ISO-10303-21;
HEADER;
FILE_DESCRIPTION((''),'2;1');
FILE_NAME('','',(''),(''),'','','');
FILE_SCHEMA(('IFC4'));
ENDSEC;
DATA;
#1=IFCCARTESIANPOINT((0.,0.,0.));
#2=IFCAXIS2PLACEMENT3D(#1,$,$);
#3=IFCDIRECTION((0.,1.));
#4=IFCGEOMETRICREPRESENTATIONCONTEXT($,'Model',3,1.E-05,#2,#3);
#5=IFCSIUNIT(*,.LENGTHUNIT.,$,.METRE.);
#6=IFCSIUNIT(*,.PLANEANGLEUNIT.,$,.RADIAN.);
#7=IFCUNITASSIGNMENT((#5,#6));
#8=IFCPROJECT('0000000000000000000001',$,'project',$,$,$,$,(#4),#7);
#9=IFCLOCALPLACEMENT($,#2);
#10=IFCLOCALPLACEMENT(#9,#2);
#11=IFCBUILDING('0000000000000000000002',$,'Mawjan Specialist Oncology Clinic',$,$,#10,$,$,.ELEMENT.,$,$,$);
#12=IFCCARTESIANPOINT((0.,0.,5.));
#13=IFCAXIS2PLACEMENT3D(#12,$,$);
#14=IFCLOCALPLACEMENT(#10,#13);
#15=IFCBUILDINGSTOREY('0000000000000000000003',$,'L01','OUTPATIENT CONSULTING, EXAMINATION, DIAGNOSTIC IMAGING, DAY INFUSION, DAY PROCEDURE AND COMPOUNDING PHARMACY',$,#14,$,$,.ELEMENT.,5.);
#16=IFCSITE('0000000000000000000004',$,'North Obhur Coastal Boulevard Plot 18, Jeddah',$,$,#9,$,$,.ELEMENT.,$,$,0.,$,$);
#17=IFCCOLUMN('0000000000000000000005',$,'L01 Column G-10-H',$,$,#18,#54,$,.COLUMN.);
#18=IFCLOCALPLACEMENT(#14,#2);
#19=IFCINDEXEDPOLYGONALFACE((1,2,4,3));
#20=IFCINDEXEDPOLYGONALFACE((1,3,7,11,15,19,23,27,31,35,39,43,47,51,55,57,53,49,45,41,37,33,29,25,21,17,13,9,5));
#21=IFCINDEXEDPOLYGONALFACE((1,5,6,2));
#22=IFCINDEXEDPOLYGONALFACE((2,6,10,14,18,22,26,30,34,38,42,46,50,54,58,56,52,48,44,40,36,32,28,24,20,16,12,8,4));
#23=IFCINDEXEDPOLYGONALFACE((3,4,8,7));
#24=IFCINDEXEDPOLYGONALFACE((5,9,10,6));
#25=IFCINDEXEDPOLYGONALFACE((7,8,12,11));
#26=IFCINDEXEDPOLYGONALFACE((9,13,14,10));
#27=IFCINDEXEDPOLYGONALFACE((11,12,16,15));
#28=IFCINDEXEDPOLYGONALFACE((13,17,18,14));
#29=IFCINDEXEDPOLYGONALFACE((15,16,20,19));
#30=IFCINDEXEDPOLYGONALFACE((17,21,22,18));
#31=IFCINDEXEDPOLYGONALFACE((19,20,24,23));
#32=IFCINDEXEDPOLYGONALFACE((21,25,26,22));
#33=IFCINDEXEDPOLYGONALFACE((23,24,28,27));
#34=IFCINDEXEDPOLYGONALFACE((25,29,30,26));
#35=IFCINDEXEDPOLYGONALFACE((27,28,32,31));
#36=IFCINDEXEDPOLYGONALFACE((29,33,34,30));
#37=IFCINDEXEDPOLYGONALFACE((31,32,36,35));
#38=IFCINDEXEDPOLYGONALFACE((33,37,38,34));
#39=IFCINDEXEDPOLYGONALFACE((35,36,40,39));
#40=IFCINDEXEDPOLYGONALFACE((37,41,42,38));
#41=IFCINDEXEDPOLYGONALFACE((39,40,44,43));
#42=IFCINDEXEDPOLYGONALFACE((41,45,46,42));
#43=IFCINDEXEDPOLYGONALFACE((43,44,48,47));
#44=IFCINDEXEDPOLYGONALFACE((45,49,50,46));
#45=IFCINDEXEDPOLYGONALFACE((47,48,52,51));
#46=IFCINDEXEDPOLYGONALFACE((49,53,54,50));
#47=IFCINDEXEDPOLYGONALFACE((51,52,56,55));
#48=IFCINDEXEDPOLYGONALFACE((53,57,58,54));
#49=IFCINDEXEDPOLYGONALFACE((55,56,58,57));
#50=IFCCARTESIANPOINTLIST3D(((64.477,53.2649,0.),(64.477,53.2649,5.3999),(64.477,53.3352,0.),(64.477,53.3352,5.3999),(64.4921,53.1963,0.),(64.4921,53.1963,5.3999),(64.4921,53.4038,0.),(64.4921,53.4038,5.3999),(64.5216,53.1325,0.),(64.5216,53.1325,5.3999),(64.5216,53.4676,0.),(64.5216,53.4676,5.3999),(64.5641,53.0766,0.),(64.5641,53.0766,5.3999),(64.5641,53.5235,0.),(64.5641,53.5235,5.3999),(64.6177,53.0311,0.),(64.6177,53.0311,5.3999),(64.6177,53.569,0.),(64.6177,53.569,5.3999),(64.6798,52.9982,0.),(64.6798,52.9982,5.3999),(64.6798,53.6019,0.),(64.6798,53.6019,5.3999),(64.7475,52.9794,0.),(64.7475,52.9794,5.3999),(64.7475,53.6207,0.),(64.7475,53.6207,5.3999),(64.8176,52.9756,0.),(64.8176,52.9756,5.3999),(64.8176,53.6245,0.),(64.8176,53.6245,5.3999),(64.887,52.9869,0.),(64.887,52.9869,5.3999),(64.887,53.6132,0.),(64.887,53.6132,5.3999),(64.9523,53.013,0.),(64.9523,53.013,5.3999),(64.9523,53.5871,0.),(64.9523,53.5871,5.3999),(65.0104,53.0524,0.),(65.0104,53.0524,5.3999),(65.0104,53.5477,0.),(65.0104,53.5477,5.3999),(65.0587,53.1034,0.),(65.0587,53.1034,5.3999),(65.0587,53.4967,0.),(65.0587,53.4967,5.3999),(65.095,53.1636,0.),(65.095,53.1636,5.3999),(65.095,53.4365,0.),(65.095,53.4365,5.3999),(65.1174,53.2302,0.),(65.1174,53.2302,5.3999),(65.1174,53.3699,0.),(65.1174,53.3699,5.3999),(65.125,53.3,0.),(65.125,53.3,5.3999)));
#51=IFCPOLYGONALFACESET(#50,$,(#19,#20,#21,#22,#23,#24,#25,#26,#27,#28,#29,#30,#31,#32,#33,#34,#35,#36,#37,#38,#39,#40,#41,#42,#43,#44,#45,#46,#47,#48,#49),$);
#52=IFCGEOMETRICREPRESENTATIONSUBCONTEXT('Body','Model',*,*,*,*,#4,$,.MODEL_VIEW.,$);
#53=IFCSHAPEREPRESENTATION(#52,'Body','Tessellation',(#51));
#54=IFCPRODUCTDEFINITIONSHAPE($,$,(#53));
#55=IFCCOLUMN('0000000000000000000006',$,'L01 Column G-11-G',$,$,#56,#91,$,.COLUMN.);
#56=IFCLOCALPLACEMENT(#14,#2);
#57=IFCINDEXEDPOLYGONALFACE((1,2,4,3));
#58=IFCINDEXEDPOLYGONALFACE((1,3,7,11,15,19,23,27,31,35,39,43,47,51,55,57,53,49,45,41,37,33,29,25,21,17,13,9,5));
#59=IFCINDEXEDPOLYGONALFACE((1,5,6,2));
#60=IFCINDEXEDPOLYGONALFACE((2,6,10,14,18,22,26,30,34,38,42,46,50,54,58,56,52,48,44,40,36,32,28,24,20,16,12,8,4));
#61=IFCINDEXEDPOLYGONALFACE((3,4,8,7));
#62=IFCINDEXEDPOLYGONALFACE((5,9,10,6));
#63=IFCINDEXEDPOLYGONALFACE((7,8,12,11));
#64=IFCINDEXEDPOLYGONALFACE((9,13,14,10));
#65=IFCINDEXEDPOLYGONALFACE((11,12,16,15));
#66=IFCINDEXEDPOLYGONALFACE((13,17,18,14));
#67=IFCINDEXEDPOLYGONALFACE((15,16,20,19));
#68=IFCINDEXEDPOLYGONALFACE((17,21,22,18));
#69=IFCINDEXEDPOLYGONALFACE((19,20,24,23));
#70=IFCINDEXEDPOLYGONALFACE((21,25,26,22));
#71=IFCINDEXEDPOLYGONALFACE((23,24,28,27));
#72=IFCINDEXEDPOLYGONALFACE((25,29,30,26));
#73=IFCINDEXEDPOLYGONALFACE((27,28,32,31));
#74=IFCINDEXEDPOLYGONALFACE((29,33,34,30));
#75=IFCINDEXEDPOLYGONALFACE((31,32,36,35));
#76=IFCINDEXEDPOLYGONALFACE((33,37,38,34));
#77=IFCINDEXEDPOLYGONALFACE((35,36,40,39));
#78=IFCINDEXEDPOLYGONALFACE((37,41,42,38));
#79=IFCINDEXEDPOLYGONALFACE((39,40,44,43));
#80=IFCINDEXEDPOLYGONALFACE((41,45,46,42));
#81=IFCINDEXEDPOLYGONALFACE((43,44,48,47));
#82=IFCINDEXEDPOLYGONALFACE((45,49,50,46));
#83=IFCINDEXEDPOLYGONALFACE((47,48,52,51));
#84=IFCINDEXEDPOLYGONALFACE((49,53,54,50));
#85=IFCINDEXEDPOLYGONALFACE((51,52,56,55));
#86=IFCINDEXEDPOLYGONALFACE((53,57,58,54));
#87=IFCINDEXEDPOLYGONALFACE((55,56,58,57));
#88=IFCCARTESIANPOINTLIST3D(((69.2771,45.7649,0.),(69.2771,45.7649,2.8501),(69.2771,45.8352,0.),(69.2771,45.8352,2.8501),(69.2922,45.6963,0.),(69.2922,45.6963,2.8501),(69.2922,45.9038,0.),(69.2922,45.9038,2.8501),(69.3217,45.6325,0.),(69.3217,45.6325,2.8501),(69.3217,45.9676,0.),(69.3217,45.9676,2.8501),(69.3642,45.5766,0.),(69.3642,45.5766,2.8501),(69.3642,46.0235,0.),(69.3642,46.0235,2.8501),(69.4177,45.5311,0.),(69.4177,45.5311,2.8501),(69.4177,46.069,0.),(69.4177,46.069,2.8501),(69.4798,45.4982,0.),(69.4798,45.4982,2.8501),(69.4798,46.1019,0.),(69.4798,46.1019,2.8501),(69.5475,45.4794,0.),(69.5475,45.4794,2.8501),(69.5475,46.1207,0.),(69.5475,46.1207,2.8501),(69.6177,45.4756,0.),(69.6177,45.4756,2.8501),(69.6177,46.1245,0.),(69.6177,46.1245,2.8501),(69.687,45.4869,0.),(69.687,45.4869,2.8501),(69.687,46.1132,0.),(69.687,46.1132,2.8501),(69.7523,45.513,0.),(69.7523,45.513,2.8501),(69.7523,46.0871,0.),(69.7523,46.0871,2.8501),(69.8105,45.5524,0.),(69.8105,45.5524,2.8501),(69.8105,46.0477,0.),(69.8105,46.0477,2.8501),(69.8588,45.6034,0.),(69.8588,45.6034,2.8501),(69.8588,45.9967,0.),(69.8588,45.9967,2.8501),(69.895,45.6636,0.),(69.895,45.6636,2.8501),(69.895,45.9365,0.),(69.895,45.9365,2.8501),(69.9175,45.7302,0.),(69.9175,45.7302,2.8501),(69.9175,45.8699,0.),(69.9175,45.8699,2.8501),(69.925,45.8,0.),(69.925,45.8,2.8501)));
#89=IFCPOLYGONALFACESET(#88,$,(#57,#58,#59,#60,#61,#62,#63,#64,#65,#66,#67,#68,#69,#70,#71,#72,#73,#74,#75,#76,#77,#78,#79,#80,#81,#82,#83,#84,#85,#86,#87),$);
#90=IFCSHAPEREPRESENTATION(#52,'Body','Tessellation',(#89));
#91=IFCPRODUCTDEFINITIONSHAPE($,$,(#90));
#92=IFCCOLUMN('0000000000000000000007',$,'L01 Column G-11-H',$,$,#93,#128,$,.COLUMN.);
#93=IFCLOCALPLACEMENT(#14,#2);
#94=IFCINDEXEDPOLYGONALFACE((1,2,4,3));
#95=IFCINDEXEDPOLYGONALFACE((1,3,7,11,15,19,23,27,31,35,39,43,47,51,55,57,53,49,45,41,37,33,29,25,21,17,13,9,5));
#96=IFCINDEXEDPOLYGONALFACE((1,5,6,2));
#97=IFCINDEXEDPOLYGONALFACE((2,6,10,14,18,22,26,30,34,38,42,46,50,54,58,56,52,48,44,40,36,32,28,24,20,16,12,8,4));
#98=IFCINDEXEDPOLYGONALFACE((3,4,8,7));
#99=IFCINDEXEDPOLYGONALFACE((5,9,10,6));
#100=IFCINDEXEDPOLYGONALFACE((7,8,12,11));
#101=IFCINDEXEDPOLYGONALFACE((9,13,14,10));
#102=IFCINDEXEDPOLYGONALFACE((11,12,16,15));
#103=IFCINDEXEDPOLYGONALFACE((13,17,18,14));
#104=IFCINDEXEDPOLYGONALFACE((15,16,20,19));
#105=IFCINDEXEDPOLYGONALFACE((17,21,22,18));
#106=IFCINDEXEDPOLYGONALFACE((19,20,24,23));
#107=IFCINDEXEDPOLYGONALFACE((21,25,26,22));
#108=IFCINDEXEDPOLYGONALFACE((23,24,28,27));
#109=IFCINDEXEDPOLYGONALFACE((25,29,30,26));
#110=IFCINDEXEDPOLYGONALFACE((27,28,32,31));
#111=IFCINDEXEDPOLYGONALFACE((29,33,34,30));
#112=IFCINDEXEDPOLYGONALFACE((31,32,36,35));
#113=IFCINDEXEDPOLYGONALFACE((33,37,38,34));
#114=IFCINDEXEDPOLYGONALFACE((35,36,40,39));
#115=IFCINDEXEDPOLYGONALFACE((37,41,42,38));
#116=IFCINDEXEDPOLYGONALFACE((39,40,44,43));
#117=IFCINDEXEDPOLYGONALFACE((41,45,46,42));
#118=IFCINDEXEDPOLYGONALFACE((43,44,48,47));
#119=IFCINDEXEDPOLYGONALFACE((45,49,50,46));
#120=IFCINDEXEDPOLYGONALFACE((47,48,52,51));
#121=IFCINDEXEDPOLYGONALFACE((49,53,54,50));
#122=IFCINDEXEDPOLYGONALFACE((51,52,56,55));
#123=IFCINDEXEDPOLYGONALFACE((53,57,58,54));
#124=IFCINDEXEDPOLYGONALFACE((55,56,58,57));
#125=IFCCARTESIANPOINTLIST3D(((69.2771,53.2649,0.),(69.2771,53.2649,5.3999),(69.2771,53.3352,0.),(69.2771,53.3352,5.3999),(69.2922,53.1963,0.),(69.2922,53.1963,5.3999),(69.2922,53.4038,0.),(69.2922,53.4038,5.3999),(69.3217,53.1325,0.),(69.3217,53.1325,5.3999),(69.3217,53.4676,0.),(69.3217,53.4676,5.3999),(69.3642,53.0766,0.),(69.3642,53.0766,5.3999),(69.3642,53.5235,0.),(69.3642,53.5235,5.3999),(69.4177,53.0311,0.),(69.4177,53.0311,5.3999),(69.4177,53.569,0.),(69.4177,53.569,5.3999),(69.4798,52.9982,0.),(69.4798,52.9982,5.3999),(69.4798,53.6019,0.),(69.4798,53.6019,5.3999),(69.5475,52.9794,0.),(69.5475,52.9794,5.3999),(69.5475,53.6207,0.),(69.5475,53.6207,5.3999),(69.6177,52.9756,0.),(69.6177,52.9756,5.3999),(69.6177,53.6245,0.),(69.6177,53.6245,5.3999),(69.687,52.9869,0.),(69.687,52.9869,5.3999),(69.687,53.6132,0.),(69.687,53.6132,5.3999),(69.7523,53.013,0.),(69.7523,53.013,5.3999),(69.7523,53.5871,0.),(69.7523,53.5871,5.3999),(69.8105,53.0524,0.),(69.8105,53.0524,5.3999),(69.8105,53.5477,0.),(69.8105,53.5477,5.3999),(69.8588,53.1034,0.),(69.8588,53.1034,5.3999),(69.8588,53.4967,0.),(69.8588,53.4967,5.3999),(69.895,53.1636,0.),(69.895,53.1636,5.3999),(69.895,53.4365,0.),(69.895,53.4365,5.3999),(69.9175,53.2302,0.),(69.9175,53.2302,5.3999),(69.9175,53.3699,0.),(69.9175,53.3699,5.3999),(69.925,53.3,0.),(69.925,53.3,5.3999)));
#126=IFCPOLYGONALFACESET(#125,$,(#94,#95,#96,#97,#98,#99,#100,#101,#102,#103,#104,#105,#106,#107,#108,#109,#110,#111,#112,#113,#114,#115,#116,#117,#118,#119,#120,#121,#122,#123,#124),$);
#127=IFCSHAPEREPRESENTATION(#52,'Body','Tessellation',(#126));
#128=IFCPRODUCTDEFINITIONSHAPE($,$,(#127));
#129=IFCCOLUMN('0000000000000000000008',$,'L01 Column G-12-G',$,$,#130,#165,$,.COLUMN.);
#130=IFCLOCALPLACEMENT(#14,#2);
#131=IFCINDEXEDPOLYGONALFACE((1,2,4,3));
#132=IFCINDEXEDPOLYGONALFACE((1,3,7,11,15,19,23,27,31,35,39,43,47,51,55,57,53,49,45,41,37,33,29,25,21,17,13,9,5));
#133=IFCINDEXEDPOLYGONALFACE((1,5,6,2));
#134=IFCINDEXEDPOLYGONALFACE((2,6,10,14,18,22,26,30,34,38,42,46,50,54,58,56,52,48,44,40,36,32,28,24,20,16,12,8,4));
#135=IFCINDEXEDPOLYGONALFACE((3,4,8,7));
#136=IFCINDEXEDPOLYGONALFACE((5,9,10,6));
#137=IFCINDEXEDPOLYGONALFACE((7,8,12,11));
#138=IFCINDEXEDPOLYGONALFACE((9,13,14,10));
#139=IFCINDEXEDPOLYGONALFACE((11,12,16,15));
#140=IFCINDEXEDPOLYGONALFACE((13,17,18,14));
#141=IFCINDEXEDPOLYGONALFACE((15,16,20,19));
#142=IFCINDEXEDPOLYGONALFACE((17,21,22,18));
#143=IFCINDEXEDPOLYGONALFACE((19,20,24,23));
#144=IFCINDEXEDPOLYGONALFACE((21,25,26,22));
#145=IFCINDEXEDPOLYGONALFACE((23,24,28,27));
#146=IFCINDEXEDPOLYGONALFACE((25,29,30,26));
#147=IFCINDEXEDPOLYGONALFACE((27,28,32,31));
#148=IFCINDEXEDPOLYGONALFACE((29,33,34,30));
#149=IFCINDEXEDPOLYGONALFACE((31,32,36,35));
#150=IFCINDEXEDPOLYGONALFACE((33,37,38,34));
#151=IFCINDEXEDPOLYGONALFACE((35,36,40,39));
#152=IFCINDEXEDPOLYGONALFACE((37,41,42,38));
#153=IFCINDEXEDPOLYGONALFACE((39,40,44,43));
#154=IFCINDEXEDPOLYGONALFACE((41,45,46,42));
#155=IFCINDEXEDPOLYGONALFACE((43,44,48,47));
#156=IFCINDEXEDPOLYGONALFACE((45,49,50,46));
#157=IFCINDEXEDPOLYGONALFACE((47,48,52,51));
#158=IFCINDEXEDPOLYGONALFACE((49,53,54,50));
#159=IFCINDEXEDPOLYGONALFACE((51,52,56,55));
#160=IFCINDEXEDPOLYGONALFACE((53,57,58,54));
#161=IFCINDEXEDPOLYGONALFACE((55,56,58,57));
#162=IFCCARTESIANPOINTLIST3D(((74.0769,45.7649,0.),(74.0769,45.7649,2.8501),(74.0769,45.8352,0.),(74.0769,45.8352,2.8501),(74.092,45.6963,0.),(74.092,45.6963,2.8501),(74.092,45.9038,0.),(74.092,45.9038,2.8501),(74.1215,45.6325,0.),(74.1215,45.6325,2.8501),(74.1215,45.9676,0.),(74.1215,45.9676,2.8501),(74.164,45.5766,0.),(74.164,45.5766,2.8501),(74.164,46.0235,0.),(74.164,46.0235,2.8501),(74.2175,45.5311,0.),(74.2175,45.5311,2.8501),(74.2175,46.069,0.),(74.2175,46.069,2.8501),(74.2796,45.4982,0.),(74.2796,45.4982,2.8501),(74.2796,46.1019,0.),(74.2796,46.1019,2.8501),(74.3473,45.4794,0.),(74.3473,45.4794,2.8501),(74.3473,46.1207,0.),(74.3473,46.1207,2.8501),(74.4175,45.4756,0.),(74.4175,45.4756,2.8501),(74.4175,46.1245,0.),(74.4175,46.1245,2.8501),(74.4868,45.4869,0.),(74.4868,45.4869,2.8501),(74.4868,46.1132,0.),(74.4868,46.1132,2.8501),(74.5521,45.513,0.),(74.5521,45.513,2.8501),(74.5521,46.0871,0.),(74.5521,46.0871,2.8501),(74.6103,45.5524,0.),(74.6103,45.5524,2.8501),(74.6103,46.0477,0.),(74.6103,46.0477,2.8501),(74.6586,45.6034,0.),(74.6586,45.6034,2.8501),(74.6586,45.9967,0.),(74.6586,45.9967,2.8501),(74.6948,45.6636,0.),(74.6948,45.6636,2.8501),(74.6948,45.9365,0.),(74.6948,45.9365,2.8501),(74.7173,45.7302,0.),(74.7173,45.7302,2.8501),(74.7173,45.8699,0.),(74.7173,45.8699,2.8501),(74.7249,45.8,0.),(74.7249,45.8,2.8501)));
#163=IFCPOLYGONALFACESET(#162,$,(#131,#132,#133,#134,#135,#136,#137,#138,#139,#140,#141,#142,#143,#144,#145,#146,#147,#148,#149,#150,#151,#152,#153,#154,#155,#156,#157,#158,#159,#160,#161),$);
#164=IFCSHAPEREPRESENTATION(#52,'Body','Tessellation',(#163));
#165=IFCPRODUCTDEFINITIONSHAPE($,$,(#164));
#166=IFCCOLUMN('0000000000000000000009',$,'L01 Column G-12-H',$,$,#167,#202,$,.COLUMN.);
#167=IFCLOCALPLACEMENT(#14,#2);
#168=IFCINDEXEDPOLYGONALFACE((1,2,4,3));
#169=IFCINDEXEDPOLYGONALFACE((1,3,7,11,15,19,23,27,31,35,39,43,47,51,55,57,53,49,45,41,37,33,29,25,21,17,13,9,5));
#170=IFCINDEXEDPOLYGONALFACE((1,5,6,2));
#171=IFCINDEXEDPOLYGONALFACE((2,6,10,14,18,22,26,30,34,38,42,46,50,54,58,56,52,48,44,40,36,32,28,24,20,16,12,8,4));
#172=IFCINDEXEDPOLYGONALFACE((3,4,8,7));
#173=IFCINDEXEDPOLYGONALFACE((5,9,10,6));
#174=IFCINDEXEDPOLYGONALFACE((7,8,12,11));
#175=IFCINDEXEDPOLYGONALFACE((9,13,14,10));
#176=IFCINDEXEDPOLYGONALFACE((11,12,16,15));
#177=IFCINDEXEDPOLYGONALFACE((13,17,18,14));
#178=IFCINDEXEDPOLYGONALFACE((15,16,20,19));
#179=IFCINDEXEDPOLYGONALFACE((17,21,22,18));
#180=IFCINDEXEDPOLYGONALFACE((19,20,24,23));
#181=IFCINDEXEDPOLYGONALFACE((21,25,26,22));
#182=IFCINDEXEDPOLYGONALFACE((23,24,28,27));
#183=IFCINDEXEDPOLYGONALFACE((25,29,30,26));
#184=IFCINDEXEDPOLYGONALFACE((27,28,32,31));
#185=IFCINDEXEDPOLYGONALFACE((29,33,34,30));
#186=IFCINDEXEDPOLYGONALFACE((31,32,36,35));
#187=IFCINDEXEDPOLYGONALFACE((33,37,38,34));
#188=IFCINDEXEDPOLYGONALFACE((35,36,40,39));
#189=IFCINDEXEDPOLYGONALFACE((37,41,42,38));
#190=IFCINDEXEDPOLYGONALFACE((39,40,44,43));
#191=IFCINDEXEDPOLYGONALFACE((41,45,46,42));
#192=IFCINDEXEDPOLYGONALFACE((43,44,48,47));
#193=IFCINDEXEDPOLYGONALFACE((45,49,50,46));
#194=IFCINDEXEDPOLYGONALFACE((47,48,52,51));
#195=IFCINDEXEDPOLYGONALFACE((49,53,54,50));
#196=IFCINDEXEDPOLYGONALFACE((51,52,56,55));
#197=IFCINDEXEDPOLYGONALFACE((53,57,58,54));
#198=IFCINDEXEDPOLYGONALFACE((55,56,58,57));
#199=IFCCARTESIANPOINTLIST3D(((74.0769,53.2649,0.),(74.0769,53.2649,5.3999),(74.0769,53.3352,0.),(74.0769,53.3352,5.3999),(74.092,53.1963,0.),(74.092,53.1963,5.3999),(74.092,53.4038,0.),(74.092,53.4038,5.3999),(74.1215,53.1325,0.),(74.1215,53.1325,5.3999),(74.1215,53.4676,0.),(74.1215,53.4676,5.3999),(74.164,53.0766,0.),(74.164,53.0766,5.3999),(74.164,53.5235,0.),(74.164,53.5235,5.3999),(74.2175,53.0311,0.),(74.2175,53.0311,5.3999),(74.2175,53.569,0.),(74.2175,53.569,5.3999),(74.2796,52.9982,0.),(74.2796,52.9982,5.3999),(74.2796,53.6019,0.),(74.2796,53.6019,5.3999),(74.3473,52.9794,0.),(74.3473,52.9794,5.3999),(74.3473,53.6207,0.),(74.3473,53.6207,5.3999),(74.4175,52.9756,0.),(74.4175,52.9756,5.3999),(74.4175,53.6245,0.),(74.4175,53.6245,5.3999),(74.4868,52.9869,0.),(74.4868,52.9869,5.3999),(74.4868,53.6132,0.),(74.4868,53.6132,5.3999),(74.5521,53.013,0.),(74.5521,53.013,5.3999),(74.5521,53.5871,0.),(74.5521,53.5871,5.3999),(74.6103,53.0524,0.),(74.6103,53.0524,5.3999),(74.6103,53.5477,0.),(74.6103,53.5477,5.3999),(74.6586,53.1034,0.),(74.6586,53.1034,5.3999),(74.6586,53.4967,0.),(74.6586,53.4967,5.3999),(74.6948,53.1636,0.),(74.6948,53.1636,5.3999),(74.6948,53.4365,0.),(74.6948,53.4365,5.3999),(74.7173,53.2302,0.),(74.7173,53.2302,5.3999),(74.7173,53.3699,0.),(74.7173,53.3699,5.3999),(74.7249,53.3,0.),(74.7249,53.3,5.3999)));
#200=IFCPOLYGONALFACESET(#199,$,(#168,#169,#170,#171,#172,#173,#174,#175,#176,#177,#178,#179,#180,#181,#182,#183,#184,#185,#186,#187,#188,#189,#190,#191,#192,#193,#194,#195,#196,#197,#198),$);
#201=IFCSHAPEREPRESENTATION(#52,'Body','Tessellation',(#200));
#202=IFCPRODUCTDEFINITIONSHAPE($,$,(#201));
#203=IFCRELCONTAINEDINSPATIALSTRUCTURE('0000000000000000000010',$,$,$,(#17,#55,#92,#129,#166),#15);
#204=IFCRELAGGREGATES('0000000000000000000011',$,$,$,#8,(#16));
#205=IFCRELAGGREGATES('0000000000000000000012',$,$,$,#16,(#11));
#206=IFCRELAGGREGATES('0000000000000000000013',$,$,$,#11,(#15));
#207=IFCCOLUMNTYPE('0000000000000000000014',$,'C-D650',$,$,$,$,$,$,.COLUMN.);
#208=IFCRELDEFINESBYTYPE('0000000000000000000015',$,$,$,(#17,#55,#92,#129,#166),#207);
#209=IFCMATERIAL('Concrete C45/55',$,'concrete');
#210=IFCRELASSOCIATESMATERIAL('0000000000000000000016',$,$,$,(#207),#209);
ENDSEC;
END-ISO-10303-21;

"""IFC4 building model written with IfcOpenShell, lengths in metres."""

from ifc_helpers import new_model, si_unit, direction, frame, origin, origin_2d, place, context, subcontext, project, spatial, circle, extrude, material, material_profile, profile_set, type_object, element, save


model = new_model("IFC4")

# Units and contexts
model_context = context("Model", 3, precision=1e-05, world=origin(), true_north=direction((0.0, 1.0)))
body_context = subcontext(model_context, "Body", "Model", "MODEL_VIEW")
ifc_project = project(units=[si_unit("LENGTHUNIT", "METRE"), si_unit("PLANEANGLEUNIT", "RADIAN")], contexts=[model_context])

# Site, building, storey
site_placement = place(None, origin())
site = spatial("IfcSite", under=ifc_project, at=site_placement, Name="North Obhur Coastal Boulevard Plot 18, Jeddah", CompositionType="ELEMENT", RefElevation=0.0)
building_placement = place(site_placement, origin())
building = spatial("IfcBuilding", under=site, at=building_placement, Name="Mawjan Specialist Oncology Clinic", CompositionType="ELEMENT")
storey_placement = place(building_placement, frame((0.0, 0.0, 5.0)))
storey = spatial("IfcBuildingStorey", under=building, at=storey_placement, Name="L01", Description="OUTPATIENT CONSULTING, EXAMINATION, DIAGNOSTIC IMAGING, DAY INFUSION, DAY PROCEDURE AND COMPOUNDING PHARMACY", CompositionType="ELEMENT", Elevation=5.0)

# Columns
ifc_material_1 = material(Name="Concrete C45/55", Category="concrete")
ifc_material_profile_1 = material_profile(ifc_material_1, circle(Radius=0.325, at=origin_2d()), Name="RC COL D650", Category="concrete")
ifc_profile_set_1 = profile_set([ifc_material_profile_1], Name="Concrete C45/55")
column_type_1 = type_object("IfcColumnType", Name="C-D650", PredefinedType="COLUMN", material=ifc_profile_set_1)
column_1_placement = place(storey_placement, frame((64.8, 53.3, 0.0), z_axis=(0.0, 0.0, 1.0), x_axis=(1.0, 0.0, 0.0)))
element("IfcColumn", 1, at=column_1_placement, inside=storey, type_object=column_type_1, Name="L01 Column G-10-H", PredefinedType="COLUMN", context=body_context, shape_type="SweptSolid", body=[
    extrude(circle(Radius=0.325, at=origin_2d()), origin(), (0.0, 0.0, 1.0), 5.3999),
])
column_2_placement = place(storey_placement, frame((69.6001, 45.8, 0.0), z_axis=(0.0, 0.0, 1.0), x_axis=(1.0, 0.0, 0.0)))
element("IfcColumn", 2, at=column_2_placement, inside=storey, type_object=column_type_1, Name="L01 Column G-11-G", PredefinedType="COLUMN", context=body_context, shape_type="SweptSolid", body=[
    extrude(circle(Radius=0.325, at=origin_2d()), origin(), (0.0, 0.0, 1.0), 2.8501),
])
column_3_placement = place(storey_placement, frame((69.6001, 53.3, 0.0), z_axis=(0.0, 0.0, 1.0), x_axis=(1.0, 0.0, 0.0)))
element("IfcColumn", 3, at=column_3_placement, inside=storey, type_object=column_type_1, Name="L01 Column G-11-H", PredefinedType="COLUMN", context=body_context, shape_type="SweptSolid", body=[
    extrude(circle(Radius=0.325, at=origin_2d()), origin(), (0.0, 0.0, 1.0), 5.3999),
])
column_4_placement = place(storey_placement, frame((74.3999, 45.8, 0.0), z_axis=(0.0, 0.0, 1.0), x_axis=(1.0, 0.0, 0.0)))
element("IfcColumn", 4, at=column_4_placement, inside=storey, type_object=column_type_1, Name="L01 Column G-12-G", PredefinedType="COLUMN", context=body_context, shape_type="SweptSolid", body=[
    extrude(circle(Radius=0.325, at=origin_2d()), origin(), (0.0, 0.0, 1.0), 2.8501),
])
column_5_placement = place(storey_placement, frame((74.3999, 53.3, 0.0), z_axis=(0.0, 0.0, 1.0), x_axis=(1.0, 0.0, 0.0)))
element("IfcColumn", 5, at=column_5_placement, inside=storey, type_object=column_type_1, Name="L01 Column G-12-H", PredefinedType="COLUMN", context=body_context, shape_type="SweptSolid", body=[
    extrude(circle(Radius=0.325, at=origin_2d()), origin(), (0.0, 0.0, 1.0), 5.3999),
])

save(model, "model.ifc")
